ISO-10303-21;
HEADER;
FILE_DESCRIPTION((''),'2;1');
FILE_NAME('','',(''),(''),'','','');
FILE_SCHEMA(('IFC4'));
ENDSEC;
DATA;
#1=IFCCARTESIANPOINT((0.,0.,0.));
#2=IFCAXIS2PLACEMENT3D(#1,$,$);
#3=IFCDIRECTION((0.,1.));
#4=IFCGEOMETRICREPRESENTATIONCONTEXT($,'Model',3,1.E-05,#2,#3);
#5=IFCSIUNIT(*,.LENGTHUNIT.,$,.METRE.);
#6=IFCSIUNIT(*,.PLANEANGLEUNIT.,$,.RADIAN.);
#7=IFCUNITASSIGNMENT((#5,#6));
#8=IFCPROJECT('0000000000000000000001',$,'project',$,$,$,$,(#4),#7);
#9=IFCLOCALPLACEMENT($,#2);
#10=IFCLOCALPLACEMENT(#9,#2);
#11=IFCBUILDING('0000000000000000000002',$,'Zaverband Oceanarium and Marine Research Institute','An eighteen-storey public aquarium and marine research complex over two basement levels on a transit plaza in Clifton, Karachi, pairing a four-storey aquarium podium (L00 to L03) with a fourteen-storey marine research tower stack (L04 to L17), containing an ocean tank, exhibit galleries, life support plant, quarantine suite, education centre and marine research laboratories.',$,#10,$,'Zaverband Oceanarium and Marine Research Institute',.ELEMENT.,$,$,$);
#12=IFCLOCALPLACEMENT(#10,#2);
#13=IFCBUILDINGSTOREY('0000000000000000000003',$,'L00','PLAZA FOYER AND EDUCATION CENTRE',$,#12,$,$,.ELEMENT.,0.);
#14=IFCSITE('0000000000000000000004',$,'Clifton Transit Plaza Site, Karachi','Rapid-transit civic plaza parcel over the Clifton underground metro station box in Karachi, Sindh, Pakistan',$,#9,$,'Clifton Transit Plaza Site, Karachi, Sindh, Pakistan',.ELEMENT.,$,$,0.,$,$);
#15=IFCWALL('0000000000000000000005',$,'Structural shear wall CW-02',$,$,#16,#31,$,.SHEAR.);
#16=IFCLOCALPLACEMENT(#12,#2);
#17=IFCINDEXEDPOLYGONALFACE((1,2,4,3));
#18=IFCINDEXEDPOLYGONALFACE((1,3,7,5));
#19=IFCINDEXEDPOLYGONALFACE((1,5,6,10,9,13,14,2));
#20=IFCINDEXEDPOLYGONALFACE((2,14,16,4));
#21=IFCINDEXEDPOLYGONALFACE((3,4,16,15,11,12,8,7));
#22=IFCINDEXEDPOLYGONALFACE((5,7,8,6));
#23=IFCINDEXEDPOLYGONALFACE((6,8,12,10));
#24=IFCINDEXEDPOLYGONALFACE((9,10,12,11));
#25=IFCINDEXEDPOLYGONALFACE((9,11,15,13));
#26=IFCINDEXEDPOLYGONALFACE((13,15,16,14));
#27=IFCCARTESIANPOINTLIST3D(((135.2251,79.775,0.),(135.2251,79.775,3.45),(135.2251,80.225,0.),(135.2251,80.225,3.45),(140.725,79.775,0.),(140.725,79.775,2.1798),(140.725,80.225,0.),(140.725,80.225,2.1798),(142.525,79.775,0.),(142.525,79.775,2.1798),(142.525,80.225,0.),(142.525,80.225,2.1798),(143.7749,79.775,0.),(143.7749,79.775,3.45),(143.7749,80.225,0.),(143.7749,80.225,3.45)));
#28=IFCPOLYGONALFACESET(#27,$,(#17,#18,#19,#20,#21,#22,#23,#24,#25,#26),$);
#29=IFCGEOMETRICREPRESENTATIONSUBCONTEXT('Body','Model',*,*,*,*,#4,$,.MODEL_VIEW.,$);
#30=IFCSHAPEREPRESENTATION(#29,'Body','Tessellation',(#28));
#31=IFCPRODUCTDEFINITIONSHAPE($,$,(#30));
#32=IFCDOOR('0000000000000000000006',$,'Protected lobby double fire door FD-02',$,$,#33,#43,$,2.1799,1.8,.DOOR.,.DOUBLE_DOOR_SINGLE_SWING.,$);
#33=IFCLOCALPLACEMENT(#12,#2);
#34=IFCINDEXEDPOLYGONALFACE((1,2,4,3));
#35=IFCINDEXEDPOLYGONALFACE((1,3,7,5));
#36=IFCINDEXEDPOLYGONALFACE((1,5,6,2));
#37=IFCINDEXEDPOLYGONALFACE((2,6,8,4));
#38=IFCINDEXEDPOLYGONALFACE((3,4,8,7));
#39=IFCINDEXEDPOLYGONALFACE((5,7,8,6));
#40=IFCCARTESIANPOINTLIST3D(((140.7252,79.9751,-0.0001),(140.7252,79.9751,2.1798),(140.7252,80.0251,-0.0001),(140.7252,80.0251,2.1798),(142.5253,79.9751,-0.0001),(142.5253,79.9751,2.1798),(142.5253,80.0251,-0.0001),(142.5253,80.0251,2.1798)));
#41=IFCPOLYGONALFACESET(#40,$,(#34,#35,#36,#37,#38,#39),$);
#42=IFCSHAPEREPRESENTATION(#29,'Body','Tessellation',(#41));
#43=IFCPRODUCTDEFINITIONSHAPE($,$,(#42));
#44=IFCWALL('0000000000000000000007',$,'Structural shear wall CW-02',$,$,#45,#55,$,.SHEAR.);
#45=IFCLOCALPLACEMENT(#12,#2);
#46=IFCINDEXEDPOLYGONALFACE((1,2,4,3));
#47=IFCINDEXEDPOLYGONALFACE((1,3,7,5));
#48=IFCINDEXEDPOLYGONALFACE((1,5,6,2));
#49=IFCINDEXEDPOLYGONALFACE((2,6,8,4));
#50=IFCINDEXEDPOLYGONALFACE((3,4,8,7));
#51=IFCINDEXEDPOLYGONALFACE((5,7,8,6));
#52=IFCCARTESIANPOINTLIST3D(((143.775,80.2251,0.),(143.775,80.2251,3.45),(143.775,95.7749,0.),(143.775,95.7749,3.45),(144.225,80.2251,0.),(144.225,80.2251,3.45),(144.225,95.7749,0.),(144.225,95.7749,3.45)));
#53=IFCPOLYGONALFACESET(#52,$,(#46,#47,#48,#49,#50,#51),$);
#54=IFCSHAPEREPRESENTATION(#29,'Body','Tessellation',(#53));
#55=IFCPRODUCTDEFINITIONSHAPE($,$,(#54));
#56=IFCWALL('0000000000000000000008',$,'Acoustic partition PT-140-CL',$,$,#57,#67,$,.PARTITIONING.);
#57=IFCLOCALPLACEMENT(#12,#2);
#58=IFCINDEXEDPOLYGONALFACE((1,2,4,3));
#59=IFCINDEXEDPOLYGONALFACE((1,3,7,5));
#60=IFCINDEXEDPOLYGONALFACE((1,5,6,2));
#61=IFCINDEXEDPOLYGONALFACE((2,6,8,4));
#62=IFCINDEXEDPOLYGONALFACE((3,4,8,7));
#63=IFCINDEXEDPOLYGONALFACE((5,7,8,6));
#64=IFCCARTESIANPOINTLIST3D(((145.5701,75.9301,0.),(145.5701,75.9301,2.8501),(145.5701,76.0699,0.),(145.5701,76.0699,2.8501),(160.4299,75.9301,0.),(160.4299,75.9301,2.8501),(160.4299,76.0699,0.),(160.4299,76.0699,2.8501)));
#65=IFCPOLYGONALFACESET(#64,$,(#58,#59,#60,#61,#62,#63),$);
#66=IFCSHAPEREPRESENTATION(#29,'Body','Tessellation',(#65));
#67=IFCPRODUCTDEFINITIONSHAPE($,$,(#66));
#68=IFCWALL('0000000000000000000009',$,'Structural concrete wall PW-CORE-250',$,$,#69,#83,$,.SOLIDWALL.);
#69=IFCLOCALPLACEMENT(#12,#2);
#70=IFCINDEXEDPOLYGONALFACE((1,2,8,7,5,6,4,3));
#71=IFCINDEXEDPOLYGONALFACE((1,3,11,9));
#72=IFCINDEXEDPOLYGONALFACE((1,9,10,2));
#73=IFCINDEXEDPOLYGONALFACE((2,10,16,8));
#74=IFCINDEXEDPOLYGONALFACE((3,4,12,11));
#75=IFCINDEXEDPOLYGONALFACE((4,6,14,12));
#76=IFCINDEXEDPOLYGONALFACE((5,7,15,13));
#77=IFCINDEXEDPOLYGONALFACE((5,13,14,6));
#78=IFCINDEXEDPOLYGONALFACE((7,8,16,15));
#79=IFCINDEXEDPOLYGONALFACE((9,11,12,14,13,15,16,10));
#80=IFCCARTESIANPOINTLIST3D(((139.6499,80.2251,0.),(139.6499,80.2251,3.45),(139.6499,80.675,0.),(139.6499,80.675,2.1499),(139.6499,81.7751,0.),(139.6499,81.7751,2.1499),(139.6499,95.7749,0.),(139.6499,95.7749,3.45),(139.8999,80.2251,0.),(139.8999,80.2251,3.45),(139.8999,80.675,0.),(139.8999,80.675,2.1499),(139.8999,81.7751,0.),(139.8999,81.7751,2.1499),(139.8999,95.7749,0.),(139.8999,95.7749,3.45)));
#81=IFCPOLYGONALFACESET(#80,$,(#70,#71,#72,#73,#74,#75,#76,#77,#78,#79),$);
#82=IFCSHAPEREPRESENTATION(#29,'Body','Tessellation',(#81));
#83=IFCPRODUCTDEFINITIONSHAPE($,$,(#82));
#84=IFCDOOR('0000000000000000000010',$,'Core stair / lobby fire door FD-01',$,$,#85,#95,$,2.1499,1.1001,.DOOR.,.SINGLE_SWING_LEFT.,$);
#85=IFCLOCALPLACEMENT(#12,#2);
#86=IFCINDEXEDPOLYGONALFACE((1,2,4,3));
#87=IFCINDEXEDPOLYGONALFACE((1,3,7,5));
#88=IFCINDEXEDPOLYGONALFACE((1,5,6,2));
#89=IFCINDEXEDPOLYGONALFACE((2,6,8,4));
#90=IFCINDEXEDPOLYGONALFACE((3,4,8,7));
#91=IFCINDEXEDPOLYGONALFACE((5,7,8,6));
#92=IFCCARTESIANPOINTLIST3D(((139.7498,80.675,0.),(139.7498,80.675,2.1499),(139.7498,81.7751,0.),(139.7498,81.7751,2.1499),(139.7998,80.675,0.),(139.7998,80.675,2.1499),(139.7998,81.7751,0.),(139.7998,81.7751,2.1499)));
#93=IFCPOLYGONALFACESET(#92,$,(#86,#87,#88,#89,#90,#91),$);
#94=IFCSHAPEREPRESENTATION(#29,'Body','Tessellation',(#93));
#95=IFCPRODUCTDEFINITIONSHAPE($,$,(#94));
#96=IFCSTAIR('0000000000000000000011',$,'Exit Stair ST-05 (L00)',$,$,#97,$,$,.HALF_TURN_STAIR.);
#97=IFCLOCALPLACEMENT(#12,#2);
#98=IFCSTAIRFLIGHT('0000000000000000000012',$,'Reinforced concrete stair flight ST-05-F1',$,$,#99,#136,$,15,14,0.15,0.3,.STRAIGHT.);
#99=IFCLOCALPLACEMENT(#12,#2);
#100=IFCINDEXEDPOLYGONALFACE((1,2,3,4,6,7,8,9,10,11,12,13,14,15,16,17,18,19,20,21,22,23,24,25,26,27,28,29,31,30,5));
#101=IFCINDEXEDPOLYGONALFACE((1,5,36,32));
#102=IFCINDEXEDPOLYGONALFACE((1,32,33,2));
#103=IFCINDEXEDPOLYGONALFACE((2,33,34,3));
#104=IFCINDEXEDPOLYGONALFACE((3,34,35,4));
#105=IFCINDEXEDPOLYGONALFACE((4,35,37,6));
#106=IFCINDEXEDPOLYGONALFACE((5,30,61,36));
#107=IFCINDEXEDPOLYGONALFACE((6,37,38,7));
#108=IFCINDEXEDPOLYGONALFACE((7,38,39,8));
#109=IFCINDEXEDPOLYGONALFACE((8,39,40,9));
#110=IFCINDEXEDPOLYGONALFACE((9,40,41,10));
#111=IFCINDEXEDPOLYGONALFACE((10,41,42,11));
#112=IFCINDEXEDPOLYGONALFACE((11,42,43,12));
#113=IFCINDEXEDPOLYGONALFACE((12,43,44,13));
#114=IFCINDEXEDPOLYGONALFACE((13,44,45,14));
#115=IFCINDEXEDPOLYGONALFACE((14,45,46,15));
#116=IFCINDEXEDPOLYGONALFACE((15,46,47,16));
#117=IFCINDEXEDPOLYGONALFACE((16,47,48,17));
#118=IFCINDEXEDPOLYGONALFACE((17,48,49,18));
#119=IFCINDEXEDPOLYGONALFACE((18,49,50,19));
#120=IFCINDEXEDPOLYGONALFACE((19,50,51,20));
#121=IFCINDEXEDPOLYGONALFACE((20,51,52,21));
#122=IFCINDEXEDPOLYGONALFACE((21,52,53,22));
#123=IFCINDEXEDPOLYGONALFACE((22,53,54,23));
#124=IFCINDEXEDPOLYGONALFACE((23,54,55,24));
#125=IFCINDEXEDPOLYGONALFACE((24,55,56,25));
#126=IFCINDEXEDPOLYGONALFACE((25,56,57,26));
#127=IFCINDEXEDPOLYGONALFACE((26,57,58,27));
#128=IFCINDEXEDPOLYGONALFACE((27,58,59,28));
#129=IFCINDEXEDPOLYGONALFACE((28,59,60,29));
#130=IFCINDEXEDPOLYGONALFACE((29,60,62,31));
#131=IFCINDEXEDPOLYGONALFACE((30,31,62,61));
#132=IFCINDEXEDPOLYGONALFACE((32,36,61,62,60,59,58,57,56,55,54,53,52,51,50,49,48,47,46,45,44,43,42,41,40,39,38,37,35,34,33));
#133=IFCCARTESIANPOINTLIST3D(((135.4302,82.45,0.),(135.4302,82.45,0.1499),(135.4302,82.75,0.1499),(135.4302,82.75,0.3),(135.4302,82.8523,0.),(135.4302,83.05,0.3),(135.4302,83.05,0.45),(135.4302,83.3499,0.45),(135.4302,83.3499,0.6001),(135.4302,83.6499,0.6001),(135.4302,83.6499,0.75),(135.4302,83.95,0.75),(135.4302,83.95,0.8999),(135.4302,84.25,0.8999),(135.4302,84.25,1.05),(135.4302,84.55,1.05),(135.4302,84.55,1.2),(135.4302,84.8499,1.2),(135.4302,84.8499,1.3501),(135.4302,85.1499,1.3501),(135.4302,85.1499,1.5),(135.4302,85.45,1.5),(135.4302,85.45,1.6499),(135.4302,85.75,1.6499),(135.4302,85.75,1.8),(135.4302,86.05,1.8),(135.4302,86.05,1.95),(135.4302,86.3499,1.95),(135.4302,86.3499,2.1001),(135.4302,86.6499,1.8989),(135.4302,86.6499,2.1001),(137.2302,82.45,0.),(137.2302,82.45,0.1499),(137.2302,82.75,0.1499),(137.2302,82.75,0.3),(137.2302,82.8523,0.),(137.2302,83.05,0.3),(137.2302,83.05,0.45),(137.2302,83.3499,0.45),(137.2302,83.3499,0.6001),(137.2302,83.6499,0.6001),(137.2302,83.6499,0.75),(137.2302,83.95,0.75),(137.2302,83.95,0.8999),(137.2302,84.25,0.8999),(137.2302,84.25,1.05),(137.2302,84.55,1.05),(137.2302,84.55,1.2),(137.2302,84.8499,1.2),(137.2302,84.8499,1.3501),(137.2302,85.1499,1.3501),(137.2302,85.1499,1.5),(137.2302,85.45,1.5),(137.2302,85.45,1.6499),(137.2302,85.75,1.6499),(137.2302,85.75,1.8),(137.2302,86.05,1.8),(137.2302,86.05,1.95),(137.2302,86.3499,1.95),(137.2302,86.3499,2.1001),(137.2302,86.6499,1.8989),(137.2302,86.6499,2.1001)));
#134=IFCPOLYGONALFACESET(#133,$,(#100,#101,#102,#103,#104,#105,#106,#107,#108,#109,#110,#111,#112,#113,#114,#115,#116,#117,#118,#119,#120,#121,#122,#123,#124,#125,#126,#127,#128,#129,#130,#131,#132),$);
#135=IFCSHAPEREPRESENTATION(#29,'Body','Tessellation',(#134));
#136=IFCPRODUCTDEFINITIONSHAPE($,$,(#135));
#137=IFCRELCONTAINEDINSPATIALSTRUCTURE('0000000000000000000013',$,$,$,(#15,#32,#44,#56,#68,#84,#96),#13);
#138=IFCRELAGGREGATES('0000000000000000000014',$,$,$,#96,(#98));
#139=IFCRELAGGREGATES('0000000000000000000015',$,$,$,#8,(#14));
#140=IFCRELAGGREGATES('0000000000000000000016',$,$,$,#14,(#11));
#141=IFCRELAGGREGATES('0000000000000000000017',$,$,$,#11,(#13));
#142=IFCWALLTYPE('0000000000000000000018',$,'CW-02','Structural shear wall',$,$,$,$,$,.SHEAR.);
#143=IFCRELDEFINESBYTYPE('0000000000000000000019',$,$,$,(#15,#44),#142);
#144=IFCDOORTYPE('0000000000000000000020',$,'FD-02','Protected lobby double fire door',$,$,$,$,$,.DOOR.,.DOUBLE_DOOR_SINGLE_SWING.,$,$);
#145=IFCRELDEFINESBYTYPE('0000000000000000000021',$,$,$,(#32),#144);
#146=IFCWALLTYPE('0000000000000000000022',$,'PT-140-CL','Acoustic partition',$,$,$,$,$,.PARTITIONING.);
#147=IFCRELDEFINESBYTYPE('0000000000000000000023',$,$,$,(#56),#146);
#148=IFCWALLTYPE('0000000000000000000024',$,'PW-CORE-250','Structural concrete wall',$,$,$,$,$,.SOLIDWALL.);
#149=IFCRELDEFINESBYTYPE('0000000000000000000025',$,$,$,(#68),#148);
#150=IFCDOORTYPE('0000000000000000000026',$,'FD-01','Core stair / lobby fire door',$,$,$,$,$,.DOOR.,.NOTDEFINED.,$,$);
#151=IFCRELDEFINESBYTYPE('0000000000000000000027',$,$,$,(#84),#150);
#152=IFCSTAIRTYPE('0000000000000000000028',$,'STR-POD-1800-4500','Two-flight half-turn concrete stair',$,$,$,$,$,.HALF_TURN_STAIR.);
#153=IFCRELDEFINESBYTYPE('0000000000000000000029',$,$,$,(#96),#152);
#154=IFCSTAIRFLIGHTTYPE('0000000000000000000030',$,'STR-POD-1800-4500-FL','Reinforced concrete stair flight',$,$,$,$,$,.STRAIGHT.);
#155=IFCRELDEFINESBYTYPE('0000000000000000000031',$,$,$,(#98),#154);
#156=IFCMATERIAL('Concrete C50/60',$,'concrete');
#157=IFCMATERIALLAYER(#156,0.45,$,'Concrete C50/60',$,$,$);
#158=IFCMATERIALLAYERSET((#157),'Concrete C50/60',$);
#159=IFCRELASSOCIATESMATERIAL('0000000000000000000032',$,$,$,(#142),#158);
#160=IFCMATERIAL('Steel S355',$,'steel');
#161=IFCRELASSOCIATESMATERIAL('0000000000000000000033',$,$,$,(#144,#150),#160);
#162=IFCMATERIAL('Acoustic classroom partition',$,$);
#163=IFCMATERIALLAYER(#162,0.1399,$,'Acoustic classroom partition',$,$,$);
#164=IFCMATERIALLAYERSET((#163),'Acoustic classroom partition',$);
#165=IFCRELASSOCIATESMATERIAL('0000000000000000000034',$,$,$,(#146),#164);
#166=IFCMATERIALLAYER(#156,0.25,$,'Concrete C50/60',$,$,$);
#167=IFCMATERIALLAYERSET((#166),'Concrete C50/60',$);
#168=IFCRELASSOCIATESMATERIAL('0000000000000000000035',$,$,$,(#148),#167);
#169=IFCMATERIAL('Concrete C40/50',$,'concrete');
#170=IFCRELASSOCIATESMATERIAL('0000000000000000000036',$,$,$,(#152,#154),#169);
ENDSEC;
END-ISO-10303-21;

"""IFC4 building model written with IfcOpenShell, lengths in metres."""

from ifc_helpers import new_model, si_unit, direction, frame, frame_2d, origin, place, context, subcontext, project, spatial, polyline, rectangle, outline, extrude, material, layer, layer_set, type_object, element, fill, aggregate, save


model = new_model("IFC4")

# Units and contexts
model_context = context("Model", 3, precision=1e-05, world=origin(), true_north=direction((0.0, 1.0)))
body_context = subcontext(model_context, "Body", "Model", "MODEL_VIEW")
ifc_project = project(units=[si_unit("LENGTHUNIT", "METRE"), si_unit("PLANEANGLEUNIT", "RADIAN")], contexts=[model_context])

# Site, building, storey
site_placement = place(None, origin())
site = spatial("IfcSite", under=ifc_project, at=site_placement, Name="Clifton Transit Plaza Site, Karachi", Description="Rapid-transit civic plaza parcel over the Clifton underground metro station box in Karachi, Sindh, Pakistan", LongName="Clifton Transit Plaza Site, Karachi, Sindh, Pakistan", CompositionType="ELEMENT", RefElevation=0.0)
building_placement = place(site_placement, origin())
building = spatial("IfcBuilding", under=site, at=building_placement, Name="Zaverband Oceanarium and Marine Research Institute", Description="An eighteen-storey public aquarium and marine research complex over two basement levels on a transit plaza in Clifton, Karachi, pairing a four-storey aquarium podium (L00 to L03) with a fourteen-storey marine research tower stack (L04 to L17), containing an ocean tank, exhibit galleries, life support plant, quarantine suite, education centre and marine research laboratories.", LongName="Zaverband Oceanarium and Marine Research Institute", CompositionType="ELEMENT")
storey_placement = place(building_placement, origin())
storey = spatial("IfcBuildingStorey", under=building, at=storey_placement, Name="L00", Description="PLAZA FOYER AND EDUCATION CENTRE", CompositionType="ELEMENT", Elevation=0.0)

# Shared definitions
ifc_material_1 = material(Name="Concrete C50/60", Category="concrete")

# Shared definitions
ifc_material_2 = material(Name="Concrete C40/50", Category="concrete")

# Wall, opening, door
ifc_layer_1 = layer(ifc_material_1, 0.45, Name="Concrete C50/60")
ifc_layer_set_1 = layer_set([ifc_layer_1], Name="Concrete C50/60")
wall_type_1 = type_object("IfcWallType", Name="CW-02", Description="Structural shear wall", PredefinedType="SHEAR", material=ifc_layer_set_1)
wall_1_placement = place(storey_placement, frame((135.2251, 80.0, 0.0), z_axis=(0.0, 0.0, 1.0), x_axis=(1.0, 0.0, 0.0)))
wall_1 = element("IfcWall", 1, at=wall_1_placement, inside=storey, type_object=wall_type_1, Name="Structural shear wall CW-02", PredefinedType="SHEAR", context=body_context, shape_type="SweptSolid", body=[
    extrude(rectangle(XDim=8.5498, YDim=0.45, at=frame_2d((4.2749, 0.0))), origin(), (0.0, 0.0, 1.0), 3.45),
])
opening_1_placement = place(wall_1_placement, frame((5.5, 0.0, 0.0)))
opening_1 = element("IfcOpeningElement", 2, at=opening_1_placement, cuts=wall_1, PredefinedType="OPENING", context=body_context, shape_type="SweptSolid", body=[
    extrude(rectangle(XDim=1.8, YDim=2.1799, at=frame_2d((0.8999, 1.0898))), frame((0.0, 0.2368, 0.0), z_axis=(0.0, -1.0, 0.0), x_axis=(1.0, 0.0, 0.0)), (0.0, 0.0, 1.0), 0.4739),
])
ifc_material_3 = material(Name="Steel S355", Category="steel")
door_type_1 = type_object("IfcDoorType", Name="FD-02", Description="Protected lobby double fire door", OperationType="DOUBLE_DOOR_SINGLE_SWING", PredefinedType="DOOR", material=ifc_material_3)
door_1_placement = place(opening_1_placement, frame((1.8, 0.0, 0.0), z_axis=(0.0, 0.0, 1.0), x_axis=(-1.0, 0.0, 0.0)))
door_1 = element("IfcDoor", 3, at=door_1_placement, inside=storey, type_object=door_type_1, Name="Protected lobby double fire door FD-02", OperationType="DOUBLE_DOOR_SINGLE_SWING", OverallHeight=2.1799, OverallWidth=1.8, PredefinedType="DOOR", context=body_context, shape_type="SweptSolid", body=[
    extrude(rectangle(XDim=1.8, YDim=2.1799, at=frame_2d((0.8999, 1.0898))), frame((0.0, 0.0249, 0.0), z_axis=(0.0, -1.0, 0.0), x_axis=(1.0, 0.0, 0.0)), (0.0, 0.0, 1.0), 0.05),
])
fill(opening_1, door_1)

# Walls
wall_2_placement = place(storey_placement, frame((144.0, 80.2251, 0.0), z_axis=(0.0, 0.0, 1.0), x_axis=(0.0, 1.0, 0.0)))
element("IfcWall", 4, at=wall_2_placement, inside=storey, type_object=wall_type_1, Name="Structural shear wall CW-02", PredefinedType="SHEAR", context=body_context, shape_type="SweptSolid", body=[
    extrude(rectangle(XDim=15.5498, YDim=0.45, at=frame_2d((7.7749, 0.0))), origin(), (0.0, 0.0, 1.0), 3.45),
])
ifc_material_4 = material(Name="Acoustic classroom partition")
ifc_layer_2 = layer(ifc_material_4, 0.1399, Name="Acoustic classroom partition")
ifc_layer_set_2 = layer_set([ifc_layer_2], Name="Acoustic classroom partition")
wall_type_2 = type_object("IfcWallType", Name="PT-140-CL", Description="Acoustic partition", PredefinedType="PARTITIONING", material=ifc_layer_set_2)
wall_3_placement = place(storey_placement, frame((145.5701, 76.0, 0.0), z_axis=(0.0, 0.0, 1.0), x_axis=(1.0, 0.0, 0.0)))
element("IfcWall", 5, at=wall_3_placement, inside=storey, type_object=wall_type_2, Name="Acoustic partition PT-140-CL", PredefinedType="PARTITIONING", context=body_context, shape_type="SweptSolid", body=[
    extrude(rectangle(XDim=14.8599, YDim=0.1399, at=frame_2d((7.4299, 0.0))), origin(), (0.0, 0.0, 1.0), 2.8501),
])

# Wall, opening, door
ifc_layer_3 = layer(ifc_material_1, 0.25, Name="Concrete C50/60")
ifc_layer_set_3 = layer_set([ifc_layer_3], Name="Concrete C50/60")
wall_type_3 = type_object("IfcWallType", Name="PW-CORE-250", Description="Structural concrete wall", PredefinedType="SOLIDWALL", material=ifc_layer_set_3)
wall_4_placement = place(storey_placement, frame((139.7749, 80.2251, 0.0), z_axis=(0.0, 0.0, 1.0), x_axis=(0.0, 1.0, 0.0)))
wall_4 = element("IfcWall", 6, at=wall_4_placement, inside=storey, type_object=wall_type_3, Name="Structural concrete wall PW-CORE-250", PredefinedType="SOLIDWALL", context=body_context, shape_type="SweptSolid", body=[
    extrude(rectangle(XDim=15.5498, YDim=0.25, at=frame_2d((7.7749, 0.0))), origin(), (0.0, 0.0, 1.0), 3.45),
])
opening_2_placement = place(wall_4_placement, frame((0.45, 0.0, 0.0)))
opening_2 = element("IfcOpeningElement", 7, at=opening_2_placement, cuts=wall_4, PredefinedType="OPENING", context=body_context, shape_type="SweptSolid", body=[
    extrude(rectangle(XDim=1.1001, YDim=2.1499, at=frame_2d((0.55, 1.075))), frame((0.0, 0.137, 0.0), z_axis=(0.0, -1.0, 0.0), x_axis=(1.0, 0.0, 0.0)), (0.0, 0.0, 1.0), 0.2739),
])
door_type_2 = type_object("IfcDoorType", Name="FD-01", Description="Core stair / lobby fire door", OperationType="NOTDEFINED", PredefinedType="DOOR", material=ifc_material_3)
door_2_placement = place(opening_2_placement, frame((1.1001, 0.0, 0.0), z_axis=(0.0, 0.0, 1.0), x_axis=(-1.0, 0.0, 0.0)))
door_2 = element("IfcDoor", 8, at=door_2_placement, inside=storey, type_object=door_type_2, Name="Core stair / lobby fire door FD-01", OperationType="SINGLE_SWING_LEFT", OverallHeight=2.1499, OverallWidth=1.1001, PredefinedType="DOOR", context=body_context, shape_type="SweptSolid", body=[
    extrude(rectangle(XDim=1.1001, YDim=2.1499, at=frame_2d((0.55, 1.075))), frame((0.0, 0.0249, 0.0), z_axis=(0.0, -1.0, 0.0), x_axis=(1.0, 0.0, 0.0)), (0.0, 0.0, 1.0), 0.05),
])
fill(opening_2, door_2)

# Stair, stair flight
stair_type = type_object("IfcStairType", Name="STR-POD-1800-4500", Description="Two-flight half-turn concrete stair", PredefinedType="HALF_TURN_STAIR", material=ifc_material_2)
stair_placement = place(storey_placement, origin())
stair = element("IfcStair", 9, at=stair_placement, inside=storey, type_object=stair_type, Name="Exit Stair ST-05 (L00)", PredefinedType="HALF_TURN_STAIR")
stair_flight_type = type_object("IfcStairFlightType", Name="STR-POD-1800-4500-FL", Description="Reinforced concrete stair flight", PredefinedType="STRAIGHT", material=ifc_material_2)
stair_flight_1_placement = place(storey_placement, frame((136.3301, 82.45, 0.0), z_axis=(0.0, 0.0, 1.0), x_axis=(0.0, 1.0, 0.0)))
stair_flight_1 = element("IfcStairFlight", 10, at=stair_flight_1_placement, type_object=stair_flight_type, Name="Reinforced concrete stair flight ST-05-F1", NumberOfRisers=15, NumberOfTreads=14, PredefinedType="STRAIGHT", RiserHeight=0.15, TreadLength=0.3, context=body_context, shape_type="SweptSolid", body=[
    extrude(outline(polyline([(0.0, 0.0), (0.0, 0.1499), (0.3, 0.1499), (0.3, 0.3), (0.6001, 0.3), (0.6001, 0.45), (0.8999, 0.45), (0.8999, 0.6001), (1.2, 0.6001), (1.2, 0.75), (1.5, 0.75), (1.5, 0.8999), (1.8, 0.8999), (1.8, 1.05), (2.1001, 1.05), (2.1001, 1.2), (2.3999, 1.2), (2.3999, 1.3501), (2.7, 1.3501), (2.7, 1.5), (3.0, 1.5), (3.0, 1.6499), (3.3, 1.6499), (3.3, 1.8), (3.6001, 1.8), (3.6001, 1.95), (3.8999, 1.95), (3.8999, 2.1001), (4.2, 2.1001), (4.2, 2.25), (4.2, 1.8989), (0.4023, 0.0), (0.0, 0.0)])), frame((0.0, 0.8999, 0.0), z_axis=(0.0, -1.0, 0.0), x_axis=(1.0, 0.0, 0.0)), (0.0, 0.0, 1.0), 1.8),
])
aggregate(stair, [stair_flight_1])

save(model, "model.ifc")
